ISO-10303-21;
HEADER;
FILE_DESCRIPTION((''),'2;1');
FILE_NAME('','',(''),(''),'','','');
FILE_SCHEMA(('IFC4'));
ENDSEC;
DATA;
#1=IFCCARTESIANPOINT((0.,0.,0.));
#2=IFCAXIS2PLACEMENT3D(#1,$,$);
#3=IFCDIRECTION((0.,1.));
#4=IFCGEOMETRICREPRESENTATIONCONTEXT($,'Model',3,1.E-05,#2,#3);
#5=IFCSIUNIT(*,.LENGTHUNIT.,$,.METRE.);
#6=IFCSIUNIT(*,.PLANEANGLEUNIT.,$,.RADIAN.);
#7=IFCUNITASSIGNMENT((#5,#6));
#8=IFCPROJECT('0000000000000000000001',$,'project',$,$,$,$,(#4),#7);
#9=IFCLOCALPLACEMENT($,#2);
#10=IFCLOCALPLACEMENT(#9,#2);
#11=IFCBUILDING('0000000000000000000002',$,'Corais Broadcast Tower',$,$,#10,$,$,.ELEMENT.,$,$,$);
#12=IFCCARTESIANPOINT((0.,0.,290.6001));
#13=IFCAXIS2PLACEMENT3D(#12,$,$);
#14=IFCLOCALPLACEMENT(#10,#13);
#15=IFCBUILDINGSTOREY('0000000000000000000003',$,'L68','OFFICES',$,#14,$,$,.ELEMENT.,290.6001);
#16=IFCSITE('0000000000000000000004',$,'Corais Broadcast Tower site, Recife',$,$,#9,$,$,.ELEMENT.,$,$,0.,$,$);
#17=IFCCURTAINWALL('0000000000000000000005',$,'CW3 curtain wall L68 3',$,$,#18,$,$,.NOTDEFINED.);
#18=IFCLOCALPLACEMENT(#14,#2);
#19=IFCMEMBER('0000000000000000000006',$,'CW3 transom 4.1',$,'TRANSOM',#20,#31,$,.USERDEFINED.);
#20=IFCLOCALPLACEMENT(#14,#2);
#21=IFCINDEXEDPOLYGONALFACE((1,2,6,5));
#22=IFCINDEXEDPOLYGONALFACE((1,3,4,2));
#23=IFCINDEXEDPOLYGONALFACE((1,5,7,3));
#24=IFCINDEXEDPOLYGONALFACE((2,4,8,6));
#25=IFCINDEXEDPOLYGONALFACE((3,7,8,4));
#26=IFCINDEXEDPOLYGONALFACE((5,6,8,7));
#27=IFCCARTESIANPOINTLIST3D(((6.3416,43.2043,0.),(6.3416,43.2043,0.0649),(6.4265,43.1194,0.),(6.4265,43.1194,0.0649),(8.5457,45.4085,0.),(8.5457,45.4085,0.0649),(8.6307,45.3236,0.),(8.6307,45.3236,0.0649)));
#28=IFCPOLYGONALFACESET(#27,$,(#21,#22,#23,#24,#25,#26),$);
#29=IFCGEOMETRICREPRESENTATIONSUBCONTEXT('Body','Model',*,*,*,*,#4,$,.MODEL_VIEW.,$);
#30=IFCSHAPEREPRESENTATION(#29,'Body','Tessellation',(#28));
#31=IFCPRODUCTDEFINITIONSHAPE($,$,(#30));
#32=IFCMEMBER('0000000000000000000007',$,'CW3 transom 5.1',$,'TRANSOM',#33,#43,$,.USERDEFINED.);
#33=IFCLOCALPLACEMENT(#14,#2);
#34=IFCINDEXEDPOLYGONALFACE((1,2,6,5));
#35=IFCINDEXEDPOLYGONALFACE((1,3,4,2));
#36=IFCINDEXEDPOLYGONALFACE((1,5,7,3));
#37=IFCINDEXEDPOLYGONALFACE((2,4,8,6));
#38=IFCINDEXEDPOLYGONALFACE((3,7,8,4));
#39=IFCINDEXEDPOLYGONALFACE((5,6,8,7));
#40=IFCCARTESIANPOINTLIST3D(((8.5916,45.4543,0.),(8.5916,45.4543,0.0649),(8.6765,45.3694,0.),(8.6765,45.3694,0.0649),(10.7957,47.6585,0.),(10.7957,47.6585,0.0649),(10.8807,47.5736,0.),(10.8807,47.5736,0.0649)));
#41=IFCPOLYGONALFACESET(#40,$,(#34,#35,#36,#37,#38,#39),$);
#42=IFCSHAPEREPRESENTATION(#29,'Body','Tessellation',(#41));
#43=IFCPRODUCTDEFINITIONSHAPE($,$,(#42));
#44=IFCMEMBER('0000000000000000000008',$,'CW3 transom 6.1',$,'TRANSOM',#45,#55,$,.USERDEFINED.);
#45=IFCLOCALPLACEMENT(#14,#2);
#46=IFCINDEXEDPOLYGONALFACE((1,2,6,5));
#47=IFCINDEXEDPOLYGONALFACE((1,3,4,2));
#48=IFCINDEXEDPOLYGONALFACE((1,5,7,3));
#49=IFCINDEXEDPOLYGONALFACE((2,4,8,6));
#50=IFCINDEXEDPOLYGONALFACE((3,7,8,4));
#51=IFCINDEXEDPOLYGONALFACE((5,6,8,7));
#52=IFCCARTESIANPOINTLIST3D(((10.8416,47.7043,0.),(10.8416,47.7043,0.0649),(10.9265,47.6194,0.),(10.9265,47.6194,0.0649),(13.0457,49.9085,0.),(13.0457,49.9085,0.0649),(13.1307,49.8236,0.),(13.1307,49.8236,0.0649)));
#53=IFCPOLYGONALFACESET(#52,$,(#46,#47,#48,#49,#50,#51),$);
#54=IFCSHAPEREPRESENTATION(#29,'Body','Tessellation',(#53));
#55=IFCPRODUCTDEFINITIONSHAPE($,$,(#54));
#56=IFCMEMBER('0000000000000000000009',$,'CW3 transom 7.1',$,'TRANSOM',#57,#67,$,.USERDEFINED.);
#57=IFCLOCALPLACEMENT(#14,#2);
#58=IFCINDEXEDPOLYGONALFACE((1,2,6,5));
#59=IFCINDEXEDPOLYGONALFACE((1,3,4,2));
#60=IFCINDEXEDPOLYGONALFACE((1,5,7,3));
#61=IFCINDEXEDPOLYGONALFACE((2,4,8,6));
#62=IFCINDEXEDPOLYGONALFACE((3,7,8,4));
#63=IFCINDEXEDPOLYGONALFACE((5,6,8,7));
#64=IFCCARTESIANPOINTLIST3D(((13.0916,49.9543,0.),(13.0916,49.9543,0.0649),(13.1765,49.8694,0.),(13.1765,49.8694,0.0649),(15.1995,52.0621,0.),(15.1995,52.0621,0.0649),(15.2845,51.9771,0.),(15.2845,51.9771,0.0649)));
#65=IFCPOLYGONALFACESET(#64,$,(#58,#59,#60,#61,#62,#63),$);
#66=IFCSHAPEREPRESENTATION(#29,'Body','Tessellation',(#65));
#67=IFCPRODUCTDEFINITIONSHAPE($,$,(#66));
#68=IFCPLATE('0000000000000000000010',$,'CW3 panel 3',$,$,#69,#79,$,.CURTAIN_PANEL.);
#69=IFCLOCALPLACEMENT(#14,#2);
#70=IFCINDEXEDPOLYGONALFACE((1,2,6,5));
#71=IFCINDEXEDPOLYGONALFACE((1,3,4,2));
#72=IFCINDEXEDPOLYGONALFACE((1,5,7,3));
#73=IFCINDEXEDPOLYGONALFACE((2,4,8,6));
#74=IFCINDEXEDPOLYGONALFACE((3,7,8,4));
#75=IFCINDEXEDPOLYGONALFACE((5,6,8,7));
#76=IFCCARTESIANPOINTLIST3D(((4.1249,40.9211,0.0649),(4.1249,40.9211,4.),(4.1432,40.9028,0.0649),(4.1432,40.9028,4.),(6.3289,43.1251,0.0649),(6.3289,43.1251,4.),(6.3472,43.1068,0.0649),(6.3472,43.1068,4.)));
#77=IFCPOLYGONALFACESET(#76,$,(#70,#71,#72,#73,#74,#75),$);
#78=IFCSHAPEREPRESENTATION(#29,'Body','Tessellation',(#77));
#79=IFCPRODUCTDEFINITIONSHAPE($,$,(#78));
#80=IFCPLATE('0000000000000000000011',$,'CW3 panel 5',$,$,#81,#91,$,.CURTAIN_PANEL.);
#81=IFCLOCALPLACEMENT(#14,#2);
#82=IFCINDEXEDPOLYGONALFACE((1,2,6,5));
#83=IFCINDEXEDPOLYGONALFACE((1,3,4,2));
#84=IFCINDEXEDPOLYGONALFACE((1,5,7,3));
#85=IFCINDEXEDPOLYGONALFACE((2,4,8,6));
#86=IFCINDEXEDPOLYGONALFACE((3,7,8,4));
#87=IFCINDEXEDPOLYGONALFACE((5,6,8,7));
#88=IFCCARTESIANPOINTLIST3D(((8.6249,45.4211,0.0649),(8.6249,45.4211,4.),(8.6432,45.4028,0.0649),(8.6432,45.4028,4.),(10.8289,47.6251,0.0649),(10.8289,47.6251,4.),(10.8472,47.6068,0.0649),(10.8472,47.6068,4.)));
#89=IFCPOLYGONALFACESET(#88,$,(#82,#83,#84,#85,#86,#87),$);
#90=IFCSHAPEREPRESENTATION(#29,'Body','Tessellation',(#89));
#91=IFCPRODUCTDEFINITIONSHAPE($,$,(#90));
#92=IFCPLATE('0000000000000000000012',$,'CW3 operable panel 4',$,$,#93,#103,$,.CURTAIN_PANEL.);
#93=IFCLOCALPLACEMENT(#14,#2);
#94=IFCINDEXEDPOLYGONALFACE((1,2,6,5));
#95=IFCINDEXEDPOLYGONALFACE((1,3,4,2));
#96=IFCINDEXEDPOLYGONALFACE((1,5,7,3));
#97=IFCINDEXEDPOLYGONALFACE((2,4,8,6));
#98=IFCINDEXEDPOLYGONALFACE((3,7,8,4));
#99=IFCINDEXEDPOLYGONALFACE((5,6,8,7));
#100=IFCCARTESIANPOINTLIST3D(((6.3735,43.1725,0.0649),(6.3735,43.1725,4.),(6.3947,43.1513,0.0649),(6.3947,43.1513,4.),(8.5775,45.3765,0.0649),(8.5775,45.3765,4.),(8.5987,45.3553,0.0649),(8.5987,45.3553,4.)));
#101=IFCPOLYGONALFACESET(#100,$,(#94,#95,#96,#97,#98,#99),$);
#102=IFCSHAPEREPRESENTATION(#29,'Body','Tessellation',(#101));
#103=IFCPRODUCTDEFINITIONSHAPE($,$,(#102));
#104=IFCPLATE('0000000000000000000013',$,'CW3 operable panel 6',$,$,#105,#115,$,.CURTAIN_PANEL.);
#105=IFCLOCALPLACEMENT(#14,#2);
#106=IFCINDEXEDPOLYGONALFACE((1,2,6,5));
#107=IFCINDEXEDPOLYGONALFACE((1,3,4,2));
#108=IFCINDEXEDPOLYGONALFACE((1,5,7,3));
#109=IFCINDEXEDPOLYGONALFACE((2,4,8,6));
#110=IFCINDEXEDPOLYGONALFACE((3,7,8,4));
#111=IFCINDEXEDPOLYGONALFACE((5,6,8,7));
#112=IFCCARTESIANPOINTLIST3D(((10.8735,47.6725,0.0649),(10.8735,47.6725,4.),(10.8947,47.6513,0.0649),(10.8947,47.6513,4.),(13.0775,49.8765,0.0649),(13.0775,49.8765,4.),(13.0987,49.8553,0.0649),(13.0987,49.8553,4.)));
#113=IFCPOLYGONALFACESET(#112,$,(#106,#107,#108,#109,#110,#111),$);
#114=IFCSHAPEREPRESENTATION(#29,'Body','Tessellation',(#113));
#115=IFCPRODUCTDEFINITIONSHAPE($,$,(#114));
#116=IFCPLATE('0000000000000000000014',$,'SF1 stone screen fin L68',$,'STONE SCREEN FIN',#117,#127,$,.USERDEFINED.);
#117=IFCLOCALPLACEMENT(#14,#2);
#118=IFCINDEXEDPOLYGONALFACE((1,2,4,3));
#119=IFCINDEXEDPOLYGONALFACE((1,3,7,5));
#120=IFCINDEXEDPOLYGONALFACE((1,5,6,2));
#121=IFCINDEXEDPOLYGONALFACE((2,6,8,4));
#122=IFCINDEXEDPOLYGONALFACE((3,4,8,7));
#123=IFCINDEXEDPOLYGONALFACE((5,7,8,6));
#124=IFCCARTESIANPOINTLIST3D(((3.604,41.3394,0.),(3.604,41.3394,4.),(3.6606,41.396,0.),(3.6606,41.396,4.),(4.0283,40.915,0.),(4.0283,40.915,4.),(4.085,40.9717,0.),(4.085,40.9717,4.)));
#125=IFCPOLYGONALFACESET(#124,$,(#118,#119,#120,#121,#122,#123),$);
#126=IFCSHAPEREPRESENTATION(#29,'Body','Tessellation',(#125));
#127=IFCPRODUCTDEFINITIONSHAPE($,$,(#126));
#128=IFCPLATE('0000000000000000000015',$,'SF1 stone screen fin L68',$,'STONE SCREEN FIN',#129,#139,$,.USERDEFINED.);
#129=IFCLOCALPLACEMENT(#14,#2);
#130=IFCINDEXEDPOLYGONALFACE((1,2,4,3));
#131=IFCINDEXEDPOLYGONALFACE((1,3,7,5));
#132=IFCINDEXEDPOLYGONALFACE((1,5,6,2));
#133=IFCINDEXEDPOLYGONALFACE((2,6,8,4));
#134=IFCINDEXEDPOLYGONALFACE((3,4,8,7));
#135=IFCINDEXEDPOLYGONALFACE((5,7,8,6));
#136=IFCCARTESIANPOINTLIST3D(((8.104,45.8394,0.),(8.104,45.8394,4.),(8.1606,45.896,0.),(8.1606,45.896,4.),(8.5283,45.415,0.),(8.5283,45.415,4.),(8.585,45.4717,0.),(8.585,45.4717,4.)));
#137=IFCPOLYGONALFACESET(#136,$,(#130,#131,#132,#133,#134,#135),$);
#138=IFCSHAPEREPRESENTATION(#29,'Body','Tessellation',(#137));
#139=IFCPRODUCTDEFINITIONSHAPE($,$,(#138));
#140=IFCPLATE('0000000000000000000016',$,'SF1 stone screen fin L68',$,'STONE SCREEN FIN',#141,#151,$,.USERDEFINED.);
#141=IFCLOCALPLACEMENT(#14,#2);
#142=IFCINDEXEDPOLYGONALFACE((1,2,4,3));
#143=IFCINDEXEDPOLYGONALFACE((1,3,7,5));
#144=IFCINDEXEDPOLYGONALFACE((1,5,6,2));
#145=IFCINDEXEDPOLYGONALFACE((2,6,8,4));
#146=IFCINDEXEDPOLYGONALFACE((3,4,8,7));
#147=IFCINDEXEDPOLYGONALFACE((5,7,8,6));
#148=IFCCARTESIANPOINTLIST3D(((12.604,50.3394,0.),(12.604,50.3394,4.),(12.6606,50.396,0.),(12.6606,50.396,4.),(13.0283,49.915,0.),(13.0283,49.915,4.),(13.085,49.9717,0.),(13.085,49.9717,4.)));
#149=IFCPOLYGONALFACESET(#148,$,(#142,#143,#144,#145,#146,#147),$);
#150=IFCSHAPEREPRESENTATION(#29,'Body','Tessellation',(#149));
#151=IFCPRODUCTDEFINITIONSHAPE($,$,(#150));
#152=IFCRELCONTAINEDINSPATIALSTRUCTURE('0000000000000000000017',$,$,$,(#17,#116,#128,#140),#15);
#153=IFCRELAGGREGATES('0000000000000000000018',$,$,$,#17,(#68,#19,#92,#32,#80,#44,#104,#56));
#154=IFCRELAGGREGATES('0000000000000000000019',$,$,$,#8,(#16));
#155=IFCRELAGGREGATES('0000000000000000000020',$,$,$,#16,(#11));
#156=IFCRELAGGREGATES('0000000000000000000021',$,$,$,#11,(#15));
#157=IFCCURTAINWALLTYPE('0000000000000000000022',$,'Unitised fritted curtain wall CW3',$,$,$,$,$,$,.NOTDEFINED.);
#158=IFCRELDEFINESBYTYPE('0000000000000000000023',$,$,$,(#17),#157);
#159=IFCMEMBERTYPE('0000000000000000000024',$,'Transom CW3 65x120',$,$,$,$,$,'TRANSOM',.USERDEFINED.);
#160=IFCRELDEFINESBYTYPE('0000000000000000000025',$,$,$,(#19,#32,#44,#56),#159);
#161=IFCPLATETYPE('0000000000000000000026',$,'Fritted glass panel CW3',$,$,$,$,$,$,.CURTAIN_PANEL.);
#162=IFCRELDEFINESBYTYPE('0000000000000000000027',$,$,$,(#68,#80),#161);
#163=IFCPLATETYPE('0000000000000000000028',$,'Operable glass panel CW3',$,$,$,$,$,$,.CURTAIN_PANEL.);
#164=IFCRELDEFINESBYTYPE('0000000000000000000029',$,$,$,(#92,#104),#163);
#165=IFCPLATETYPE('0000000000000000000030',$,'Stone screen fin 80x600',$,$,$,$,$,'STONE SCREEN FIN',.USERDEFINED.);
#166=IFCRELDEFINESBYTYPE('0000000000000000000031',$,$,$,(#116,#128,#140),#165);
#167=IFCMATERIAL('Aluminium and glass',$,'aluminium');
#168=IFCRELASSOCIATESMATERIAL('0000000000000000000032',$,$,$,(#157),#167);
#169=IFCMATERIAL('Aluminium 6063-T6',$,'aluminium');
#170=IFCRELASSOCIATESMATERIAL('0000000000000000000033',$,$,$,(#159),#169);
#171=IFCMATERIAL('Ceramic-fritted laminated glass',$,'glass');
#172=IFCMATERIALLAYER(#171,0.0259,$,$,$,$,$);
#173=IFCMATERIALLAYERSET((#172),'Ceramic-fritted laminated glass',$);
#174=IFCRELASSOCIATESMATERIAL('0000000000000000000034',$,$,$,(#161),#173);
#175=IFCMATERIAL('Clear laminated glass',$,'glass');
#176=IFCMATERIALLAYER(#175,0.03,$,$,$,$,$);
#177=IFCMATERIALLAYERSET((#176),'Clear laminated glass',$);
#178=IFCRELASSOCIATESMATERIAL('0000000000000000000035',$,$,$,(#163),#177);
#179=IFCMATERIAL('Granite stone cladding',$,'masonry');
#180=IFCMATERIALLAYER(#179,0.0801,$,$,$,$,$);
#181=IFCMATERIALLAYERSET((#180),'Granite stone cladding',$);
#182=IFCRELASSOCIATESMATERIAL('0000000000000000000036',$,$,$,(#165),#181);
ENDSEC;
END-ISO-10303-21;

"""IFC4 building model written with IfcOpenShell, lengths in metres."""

from ifc_helpers import new_model, si_unit, direction, frame, origin, origin_2d, place, context, subcontext, project, spatial, rectangle, extrude, material, layer, layer_set, material_profile, profile_set, type_object, element, aggregate, save


model = new_model("IFC4")

# Units and contexts
model_context = context("Model", 3, precision=1e-05, world=origin(), true_north=direction((0.0, 1.0)))
body_context = subcontext(model_context, "Body", "Model", "MODEL_VIEW")
ifc_project = project(units=[si_unit("LENGTHUNIT", "METRE"), si_unit("PLANEANGLEUNIT", "RADIAN")], contexts=[model_context])

# Site, building, storey
site_placement = place(None, origin())
site = spatial("IfcSite", under=ifc_project, at=site_placement, Name="Corais Broadcast Tower site, Recife", CompositionType="ELEMENT", RefElevation=0.0)
building_placement = place(site_placement, origin())
building = spatial("IfcBuilding", under=site, at=building_placement, Name="Corais Broadcast Tower", CompositionType="ELEMENT")
storey_placement = place(building_placement, frame((0.0, 0.0, 290.6001)))
storey = spatial("IfcBuildingStorey", under=building, at=storey_placement, Name="L68", Description="OFFICES", CompositionType="ELEMENT", Elevation=290.6001)

# Curtain wall
ifc_material_1 = material(Name="Aluminium and glass", Category="aluminium")
curtain_wall_type = type_object("IfcCurtainWallType", Name="Unitised fritted curtain wall CW3", PredefinedType="NOTDEFINED", material=ifc_material_1)
curtain_wall_placement = place(storey_placement, origin())
curtain_wall = element("IfcCurtainWall", 1, at=curtain_wall_placement, inside=storey, type_object=curtain_wall_type, Name="CW3 curtain wall L68 3", PredefinedType="NOTDEFINED")

# Members
ifc_material_2 = material(Name="Aluminium 6063-T6", Category="aluminium")
ifc_material_profile_1 = material_profile(ifc_material_2, rectangle(XDim=0.1201, YDim=0.0649, at=origin_2d()), Name="Transom CW3 65x120")
ifc_profile_set_1 = profile_set([ifc_material_profile_1], Name="Aluminium 6063-T6")
member_type_1 = type_object("IfcMemberType", Name="Transom CW3 65x120", ElementType="TRANSOM", PredefinedType="USERDEFINED", material=ifc_profile_set_1)
member_1_placement = place(storey_placement, frame((6.384, 43.1619, 0.0325), z_axis=(0.707107, 0.707107, 0.0), x_axis=(-0.707107, 0.707107, 0.0)))
member_1 = element("IfcMember", 2, at=member_1_placement, type_object=member_type_1, Name="CW3 transom 4.1", ObjectType="TRANSOM", PredefinedType="USERDEFINED", context=body_context, shape_type="SweptSolid", body=[
    extrude(rectangle(XDim=0.1201, YDim=0.0649, at=origin_2d()), origin(), (0.0, 0.0, 1.0), 3.1172),
])
member_2_placement = place(storey_placement, frame((8.634, 45.4119, 0.0325), z_axis=(0.707107, 0.707107, 0.0), x_axis=(-0.707107, 0.707107, 0.0)))
member_2 = element("IfcMember", 3, at=member_2_placement, type_object=member_type_1, Name="CW3 transom 5.1", ObjectType="TRANSOM", PredefinedType="USERDEFINED", context=body_context, shape_type="SweptSolid", body=[
    extrude(rectangle(XDim=0.1201, YDim=0.0649, at=origin_2d()), origin(), (0.0, 0.0, 1.0), 3.1172),
])
member_3_placement = place(storey_placement, frame((10.884, 47.6619, 0.0325), z_axis=(0.707107, 0.707107, 0.0), x_axis=(-0.707107, 0.707107, 0.0)))
member_3 = element("IfcMember", 4, at=member_3_placement, type_object=member_type_1, Name="CW3 transom 6.1", ObjectType="TRANSOM", PredefinedType="USERDEFINED", context=body_context, shape_type="SweptSolid", body=[
    extrude(rectangle(XDim=0.1201, YDim=0.0649, at=origin_2d()), origin(), (0.0, 0.0, 1.0), 3.1172),
])
member_4_placement = place(storey_placement, frame((13.134, 49.9119, 0.0325), z_axis=(0.707148, 0.707066, 0.0), x_axis=(-0.707066, 0.707148, 0.0)))
member_4 = element("IfcMember", 5, at=member_4_placement, type_object=member_type_1, Name="CW3 transom 7.1", ObjectType="TRANSOM", PredefinedType="USERDEFINED", context=body_context, shape_type="SweptSolid", body=[
    extrude(rectangle(XDim=0.1201, YDim=0.0649, at=origin_2d()), origin(), (0.0, 0.0, 1.0), 2.981),
])

# Plates
ifc_material_3 = material(Name="Ceramic-fritted laminated glass", Category="glass")
ifc_layer_1 = layer(ifc_material_3, 0.0259)
ifc_layer_set_1 = layer_set([ifc_layer_1], Name="Ceramic-fritted laminated glass")
plate_type_1 = type_object("IfcPlateType", Name="Fritted glass panel CW3", PredefinedType="CURTAIN_PANEL", material=ifc_layer_set_1)
plate_1_placement = place(storey_placement, frame((5.2361, 42.0139, 0.0649), z_axis=(0.0, 0.0, 1.0), x_axis=(0.707107, 0.707107, 0.0)))
plate_1 = element("IfcPlate", 6, at=plate_1_placement, type_object=plate_type_1, Name="CW3 panel 3", PredefinedType="CURTAIN_PANEL", context=body_context, shape_type="SweptSolid", body=[
    extrude(rectangle(XDim=3.1169, YDim=0.0259, at=origin_2d()), origin(), (0.0, 0.0, 1.0), 3.9351),
])
plate_2_placement = place(storey_placement, frame((9.7361, 46.5139, 0.0649), z_axis=(0.0, 0.0, 1.0), x_axis=(0.707107, 0.707107, 0.0)))
plate_2 = element("IfcPlate", 7, at=plate_2_placement, type_object=plate_type_1, Name="CW3 panel 5", PredefinedType="CURTAIN_PANEL", context=body_context, shape_type="SweptSolid", body=[
    extrude(rectangle(XDim=3.1169, YDim=0.0259, at=origin_2d()), origin(), (0.0, 0.0, 1.0), 3.9351),
])
ifc_material_4 = material(Name="Clear laminated glass", Category="glass")
ifc_layer_2 = layer(ifc_material_4, 0.03)
ifc_layer_set_2 = layer_set([ifc_layer_2], Name="Clear laminated glass")
plate_type_2 = type_object("IfcPlateType", Name="Operable glass panel CW3", PredefinedType="CURTAIN_PANEL", material=ifc_layer_set_2)
plate_3_placement = place(storey_placement, frame((7.4861, 44.2639, 0.0649), z_axis=(0.0, 0.0, 1.0), x_axis=(0.707107, 0.707107, 0.0)))
plate_3 = element("IfcPlate", 8, at=plate_3_placement, type_object=plate_type_2, Name="CW3 operable panel 4", PredefinedType="CURTAIN_PANEL", context=body_context, shape_type="SweptSolid", body=[
    extrude(rectangle(XDim=3.1169, YDim=0.03, at=origin_2d()), origin(), (0.0, 0.0, 1.0), 3.9351),
])
plate_4_placement = place(storey_placement, frame((11.9861, 48.7639, 0.0649), z_axis=(0.0, 0.0, 1.0), x_axis=(0.707107, 0.707107, 0.0)))
plate_4 = element("IfcPlate", 9, at=plate_4_placement, type_object=plate_type_2, Name="CW3 operable panel 6", PredefinedType="CURTAIN_PANEL", context=body_context, shape_type="SweptSolid", body=[
    extrude(rectangle(XDim=3.1169, YDim=0.03, at=origin_2d()), origin(), (0.0, 0.0, 1.0), 3.9351),
])
aggregate(curtain_wall, [plate_1, member_1, plate_3, member_2, plate_2, member_3, plate_4, member_4])

# Plates
ifc_material_5 = material(Name="Granite stone cladding", Category="masonry")
ifc_layer_3 = layer(ifc_material_5, 0.0801)
ifc_layer_set_3 = layer_set([ifc_layer_3], Name="Granite stone cladding")
plate_type_3 = type_object("IfcPlateType", Name="Stone screen fin 80x600", ElementType="STONE SCREEN FIN", PredefinedType="USERDEFINED", material=ifc_layer_set_3)
for number, where, z_axis, x_axis, name in (
    (10, (3.8445, 41.1555, 0.0), (0.0, 0.0, 1.0), (0.707107, 0.707107, 0.0), "SF1 stone screen fin L68"),
    (11, (8.3445, 45.6555, 0.0), (0.0, 0.0, 1.0), (0.707107, 0.707107, 0.0), "SF1 stone screen fin L68"),
    (12, (12.8445, 50.1555, 0.0), (0.0, 0.0, 1.0), (0.707107, 0.707107, 0.0), "SF1 stone screen fin L68"),
):
    element("IfcPlate", number, at=place(storey_placement, frame(where, z_axis=z_axis, x_axis=x_axis)), inside=storey, type_object=plate_type_3, Name=name, ObjectType="STONE SCREEN FIN", PredefinedType="USERDEFINED", context=body_context, shape_type="SweptSolid", body=[
        extrude(rectangle(XDim=0.0801, YDim=0.6001, at=origin_2d()), origin(), (0.0, 0.0, 1.0), 4.0),
    ])

save(model, "model.ifc")
